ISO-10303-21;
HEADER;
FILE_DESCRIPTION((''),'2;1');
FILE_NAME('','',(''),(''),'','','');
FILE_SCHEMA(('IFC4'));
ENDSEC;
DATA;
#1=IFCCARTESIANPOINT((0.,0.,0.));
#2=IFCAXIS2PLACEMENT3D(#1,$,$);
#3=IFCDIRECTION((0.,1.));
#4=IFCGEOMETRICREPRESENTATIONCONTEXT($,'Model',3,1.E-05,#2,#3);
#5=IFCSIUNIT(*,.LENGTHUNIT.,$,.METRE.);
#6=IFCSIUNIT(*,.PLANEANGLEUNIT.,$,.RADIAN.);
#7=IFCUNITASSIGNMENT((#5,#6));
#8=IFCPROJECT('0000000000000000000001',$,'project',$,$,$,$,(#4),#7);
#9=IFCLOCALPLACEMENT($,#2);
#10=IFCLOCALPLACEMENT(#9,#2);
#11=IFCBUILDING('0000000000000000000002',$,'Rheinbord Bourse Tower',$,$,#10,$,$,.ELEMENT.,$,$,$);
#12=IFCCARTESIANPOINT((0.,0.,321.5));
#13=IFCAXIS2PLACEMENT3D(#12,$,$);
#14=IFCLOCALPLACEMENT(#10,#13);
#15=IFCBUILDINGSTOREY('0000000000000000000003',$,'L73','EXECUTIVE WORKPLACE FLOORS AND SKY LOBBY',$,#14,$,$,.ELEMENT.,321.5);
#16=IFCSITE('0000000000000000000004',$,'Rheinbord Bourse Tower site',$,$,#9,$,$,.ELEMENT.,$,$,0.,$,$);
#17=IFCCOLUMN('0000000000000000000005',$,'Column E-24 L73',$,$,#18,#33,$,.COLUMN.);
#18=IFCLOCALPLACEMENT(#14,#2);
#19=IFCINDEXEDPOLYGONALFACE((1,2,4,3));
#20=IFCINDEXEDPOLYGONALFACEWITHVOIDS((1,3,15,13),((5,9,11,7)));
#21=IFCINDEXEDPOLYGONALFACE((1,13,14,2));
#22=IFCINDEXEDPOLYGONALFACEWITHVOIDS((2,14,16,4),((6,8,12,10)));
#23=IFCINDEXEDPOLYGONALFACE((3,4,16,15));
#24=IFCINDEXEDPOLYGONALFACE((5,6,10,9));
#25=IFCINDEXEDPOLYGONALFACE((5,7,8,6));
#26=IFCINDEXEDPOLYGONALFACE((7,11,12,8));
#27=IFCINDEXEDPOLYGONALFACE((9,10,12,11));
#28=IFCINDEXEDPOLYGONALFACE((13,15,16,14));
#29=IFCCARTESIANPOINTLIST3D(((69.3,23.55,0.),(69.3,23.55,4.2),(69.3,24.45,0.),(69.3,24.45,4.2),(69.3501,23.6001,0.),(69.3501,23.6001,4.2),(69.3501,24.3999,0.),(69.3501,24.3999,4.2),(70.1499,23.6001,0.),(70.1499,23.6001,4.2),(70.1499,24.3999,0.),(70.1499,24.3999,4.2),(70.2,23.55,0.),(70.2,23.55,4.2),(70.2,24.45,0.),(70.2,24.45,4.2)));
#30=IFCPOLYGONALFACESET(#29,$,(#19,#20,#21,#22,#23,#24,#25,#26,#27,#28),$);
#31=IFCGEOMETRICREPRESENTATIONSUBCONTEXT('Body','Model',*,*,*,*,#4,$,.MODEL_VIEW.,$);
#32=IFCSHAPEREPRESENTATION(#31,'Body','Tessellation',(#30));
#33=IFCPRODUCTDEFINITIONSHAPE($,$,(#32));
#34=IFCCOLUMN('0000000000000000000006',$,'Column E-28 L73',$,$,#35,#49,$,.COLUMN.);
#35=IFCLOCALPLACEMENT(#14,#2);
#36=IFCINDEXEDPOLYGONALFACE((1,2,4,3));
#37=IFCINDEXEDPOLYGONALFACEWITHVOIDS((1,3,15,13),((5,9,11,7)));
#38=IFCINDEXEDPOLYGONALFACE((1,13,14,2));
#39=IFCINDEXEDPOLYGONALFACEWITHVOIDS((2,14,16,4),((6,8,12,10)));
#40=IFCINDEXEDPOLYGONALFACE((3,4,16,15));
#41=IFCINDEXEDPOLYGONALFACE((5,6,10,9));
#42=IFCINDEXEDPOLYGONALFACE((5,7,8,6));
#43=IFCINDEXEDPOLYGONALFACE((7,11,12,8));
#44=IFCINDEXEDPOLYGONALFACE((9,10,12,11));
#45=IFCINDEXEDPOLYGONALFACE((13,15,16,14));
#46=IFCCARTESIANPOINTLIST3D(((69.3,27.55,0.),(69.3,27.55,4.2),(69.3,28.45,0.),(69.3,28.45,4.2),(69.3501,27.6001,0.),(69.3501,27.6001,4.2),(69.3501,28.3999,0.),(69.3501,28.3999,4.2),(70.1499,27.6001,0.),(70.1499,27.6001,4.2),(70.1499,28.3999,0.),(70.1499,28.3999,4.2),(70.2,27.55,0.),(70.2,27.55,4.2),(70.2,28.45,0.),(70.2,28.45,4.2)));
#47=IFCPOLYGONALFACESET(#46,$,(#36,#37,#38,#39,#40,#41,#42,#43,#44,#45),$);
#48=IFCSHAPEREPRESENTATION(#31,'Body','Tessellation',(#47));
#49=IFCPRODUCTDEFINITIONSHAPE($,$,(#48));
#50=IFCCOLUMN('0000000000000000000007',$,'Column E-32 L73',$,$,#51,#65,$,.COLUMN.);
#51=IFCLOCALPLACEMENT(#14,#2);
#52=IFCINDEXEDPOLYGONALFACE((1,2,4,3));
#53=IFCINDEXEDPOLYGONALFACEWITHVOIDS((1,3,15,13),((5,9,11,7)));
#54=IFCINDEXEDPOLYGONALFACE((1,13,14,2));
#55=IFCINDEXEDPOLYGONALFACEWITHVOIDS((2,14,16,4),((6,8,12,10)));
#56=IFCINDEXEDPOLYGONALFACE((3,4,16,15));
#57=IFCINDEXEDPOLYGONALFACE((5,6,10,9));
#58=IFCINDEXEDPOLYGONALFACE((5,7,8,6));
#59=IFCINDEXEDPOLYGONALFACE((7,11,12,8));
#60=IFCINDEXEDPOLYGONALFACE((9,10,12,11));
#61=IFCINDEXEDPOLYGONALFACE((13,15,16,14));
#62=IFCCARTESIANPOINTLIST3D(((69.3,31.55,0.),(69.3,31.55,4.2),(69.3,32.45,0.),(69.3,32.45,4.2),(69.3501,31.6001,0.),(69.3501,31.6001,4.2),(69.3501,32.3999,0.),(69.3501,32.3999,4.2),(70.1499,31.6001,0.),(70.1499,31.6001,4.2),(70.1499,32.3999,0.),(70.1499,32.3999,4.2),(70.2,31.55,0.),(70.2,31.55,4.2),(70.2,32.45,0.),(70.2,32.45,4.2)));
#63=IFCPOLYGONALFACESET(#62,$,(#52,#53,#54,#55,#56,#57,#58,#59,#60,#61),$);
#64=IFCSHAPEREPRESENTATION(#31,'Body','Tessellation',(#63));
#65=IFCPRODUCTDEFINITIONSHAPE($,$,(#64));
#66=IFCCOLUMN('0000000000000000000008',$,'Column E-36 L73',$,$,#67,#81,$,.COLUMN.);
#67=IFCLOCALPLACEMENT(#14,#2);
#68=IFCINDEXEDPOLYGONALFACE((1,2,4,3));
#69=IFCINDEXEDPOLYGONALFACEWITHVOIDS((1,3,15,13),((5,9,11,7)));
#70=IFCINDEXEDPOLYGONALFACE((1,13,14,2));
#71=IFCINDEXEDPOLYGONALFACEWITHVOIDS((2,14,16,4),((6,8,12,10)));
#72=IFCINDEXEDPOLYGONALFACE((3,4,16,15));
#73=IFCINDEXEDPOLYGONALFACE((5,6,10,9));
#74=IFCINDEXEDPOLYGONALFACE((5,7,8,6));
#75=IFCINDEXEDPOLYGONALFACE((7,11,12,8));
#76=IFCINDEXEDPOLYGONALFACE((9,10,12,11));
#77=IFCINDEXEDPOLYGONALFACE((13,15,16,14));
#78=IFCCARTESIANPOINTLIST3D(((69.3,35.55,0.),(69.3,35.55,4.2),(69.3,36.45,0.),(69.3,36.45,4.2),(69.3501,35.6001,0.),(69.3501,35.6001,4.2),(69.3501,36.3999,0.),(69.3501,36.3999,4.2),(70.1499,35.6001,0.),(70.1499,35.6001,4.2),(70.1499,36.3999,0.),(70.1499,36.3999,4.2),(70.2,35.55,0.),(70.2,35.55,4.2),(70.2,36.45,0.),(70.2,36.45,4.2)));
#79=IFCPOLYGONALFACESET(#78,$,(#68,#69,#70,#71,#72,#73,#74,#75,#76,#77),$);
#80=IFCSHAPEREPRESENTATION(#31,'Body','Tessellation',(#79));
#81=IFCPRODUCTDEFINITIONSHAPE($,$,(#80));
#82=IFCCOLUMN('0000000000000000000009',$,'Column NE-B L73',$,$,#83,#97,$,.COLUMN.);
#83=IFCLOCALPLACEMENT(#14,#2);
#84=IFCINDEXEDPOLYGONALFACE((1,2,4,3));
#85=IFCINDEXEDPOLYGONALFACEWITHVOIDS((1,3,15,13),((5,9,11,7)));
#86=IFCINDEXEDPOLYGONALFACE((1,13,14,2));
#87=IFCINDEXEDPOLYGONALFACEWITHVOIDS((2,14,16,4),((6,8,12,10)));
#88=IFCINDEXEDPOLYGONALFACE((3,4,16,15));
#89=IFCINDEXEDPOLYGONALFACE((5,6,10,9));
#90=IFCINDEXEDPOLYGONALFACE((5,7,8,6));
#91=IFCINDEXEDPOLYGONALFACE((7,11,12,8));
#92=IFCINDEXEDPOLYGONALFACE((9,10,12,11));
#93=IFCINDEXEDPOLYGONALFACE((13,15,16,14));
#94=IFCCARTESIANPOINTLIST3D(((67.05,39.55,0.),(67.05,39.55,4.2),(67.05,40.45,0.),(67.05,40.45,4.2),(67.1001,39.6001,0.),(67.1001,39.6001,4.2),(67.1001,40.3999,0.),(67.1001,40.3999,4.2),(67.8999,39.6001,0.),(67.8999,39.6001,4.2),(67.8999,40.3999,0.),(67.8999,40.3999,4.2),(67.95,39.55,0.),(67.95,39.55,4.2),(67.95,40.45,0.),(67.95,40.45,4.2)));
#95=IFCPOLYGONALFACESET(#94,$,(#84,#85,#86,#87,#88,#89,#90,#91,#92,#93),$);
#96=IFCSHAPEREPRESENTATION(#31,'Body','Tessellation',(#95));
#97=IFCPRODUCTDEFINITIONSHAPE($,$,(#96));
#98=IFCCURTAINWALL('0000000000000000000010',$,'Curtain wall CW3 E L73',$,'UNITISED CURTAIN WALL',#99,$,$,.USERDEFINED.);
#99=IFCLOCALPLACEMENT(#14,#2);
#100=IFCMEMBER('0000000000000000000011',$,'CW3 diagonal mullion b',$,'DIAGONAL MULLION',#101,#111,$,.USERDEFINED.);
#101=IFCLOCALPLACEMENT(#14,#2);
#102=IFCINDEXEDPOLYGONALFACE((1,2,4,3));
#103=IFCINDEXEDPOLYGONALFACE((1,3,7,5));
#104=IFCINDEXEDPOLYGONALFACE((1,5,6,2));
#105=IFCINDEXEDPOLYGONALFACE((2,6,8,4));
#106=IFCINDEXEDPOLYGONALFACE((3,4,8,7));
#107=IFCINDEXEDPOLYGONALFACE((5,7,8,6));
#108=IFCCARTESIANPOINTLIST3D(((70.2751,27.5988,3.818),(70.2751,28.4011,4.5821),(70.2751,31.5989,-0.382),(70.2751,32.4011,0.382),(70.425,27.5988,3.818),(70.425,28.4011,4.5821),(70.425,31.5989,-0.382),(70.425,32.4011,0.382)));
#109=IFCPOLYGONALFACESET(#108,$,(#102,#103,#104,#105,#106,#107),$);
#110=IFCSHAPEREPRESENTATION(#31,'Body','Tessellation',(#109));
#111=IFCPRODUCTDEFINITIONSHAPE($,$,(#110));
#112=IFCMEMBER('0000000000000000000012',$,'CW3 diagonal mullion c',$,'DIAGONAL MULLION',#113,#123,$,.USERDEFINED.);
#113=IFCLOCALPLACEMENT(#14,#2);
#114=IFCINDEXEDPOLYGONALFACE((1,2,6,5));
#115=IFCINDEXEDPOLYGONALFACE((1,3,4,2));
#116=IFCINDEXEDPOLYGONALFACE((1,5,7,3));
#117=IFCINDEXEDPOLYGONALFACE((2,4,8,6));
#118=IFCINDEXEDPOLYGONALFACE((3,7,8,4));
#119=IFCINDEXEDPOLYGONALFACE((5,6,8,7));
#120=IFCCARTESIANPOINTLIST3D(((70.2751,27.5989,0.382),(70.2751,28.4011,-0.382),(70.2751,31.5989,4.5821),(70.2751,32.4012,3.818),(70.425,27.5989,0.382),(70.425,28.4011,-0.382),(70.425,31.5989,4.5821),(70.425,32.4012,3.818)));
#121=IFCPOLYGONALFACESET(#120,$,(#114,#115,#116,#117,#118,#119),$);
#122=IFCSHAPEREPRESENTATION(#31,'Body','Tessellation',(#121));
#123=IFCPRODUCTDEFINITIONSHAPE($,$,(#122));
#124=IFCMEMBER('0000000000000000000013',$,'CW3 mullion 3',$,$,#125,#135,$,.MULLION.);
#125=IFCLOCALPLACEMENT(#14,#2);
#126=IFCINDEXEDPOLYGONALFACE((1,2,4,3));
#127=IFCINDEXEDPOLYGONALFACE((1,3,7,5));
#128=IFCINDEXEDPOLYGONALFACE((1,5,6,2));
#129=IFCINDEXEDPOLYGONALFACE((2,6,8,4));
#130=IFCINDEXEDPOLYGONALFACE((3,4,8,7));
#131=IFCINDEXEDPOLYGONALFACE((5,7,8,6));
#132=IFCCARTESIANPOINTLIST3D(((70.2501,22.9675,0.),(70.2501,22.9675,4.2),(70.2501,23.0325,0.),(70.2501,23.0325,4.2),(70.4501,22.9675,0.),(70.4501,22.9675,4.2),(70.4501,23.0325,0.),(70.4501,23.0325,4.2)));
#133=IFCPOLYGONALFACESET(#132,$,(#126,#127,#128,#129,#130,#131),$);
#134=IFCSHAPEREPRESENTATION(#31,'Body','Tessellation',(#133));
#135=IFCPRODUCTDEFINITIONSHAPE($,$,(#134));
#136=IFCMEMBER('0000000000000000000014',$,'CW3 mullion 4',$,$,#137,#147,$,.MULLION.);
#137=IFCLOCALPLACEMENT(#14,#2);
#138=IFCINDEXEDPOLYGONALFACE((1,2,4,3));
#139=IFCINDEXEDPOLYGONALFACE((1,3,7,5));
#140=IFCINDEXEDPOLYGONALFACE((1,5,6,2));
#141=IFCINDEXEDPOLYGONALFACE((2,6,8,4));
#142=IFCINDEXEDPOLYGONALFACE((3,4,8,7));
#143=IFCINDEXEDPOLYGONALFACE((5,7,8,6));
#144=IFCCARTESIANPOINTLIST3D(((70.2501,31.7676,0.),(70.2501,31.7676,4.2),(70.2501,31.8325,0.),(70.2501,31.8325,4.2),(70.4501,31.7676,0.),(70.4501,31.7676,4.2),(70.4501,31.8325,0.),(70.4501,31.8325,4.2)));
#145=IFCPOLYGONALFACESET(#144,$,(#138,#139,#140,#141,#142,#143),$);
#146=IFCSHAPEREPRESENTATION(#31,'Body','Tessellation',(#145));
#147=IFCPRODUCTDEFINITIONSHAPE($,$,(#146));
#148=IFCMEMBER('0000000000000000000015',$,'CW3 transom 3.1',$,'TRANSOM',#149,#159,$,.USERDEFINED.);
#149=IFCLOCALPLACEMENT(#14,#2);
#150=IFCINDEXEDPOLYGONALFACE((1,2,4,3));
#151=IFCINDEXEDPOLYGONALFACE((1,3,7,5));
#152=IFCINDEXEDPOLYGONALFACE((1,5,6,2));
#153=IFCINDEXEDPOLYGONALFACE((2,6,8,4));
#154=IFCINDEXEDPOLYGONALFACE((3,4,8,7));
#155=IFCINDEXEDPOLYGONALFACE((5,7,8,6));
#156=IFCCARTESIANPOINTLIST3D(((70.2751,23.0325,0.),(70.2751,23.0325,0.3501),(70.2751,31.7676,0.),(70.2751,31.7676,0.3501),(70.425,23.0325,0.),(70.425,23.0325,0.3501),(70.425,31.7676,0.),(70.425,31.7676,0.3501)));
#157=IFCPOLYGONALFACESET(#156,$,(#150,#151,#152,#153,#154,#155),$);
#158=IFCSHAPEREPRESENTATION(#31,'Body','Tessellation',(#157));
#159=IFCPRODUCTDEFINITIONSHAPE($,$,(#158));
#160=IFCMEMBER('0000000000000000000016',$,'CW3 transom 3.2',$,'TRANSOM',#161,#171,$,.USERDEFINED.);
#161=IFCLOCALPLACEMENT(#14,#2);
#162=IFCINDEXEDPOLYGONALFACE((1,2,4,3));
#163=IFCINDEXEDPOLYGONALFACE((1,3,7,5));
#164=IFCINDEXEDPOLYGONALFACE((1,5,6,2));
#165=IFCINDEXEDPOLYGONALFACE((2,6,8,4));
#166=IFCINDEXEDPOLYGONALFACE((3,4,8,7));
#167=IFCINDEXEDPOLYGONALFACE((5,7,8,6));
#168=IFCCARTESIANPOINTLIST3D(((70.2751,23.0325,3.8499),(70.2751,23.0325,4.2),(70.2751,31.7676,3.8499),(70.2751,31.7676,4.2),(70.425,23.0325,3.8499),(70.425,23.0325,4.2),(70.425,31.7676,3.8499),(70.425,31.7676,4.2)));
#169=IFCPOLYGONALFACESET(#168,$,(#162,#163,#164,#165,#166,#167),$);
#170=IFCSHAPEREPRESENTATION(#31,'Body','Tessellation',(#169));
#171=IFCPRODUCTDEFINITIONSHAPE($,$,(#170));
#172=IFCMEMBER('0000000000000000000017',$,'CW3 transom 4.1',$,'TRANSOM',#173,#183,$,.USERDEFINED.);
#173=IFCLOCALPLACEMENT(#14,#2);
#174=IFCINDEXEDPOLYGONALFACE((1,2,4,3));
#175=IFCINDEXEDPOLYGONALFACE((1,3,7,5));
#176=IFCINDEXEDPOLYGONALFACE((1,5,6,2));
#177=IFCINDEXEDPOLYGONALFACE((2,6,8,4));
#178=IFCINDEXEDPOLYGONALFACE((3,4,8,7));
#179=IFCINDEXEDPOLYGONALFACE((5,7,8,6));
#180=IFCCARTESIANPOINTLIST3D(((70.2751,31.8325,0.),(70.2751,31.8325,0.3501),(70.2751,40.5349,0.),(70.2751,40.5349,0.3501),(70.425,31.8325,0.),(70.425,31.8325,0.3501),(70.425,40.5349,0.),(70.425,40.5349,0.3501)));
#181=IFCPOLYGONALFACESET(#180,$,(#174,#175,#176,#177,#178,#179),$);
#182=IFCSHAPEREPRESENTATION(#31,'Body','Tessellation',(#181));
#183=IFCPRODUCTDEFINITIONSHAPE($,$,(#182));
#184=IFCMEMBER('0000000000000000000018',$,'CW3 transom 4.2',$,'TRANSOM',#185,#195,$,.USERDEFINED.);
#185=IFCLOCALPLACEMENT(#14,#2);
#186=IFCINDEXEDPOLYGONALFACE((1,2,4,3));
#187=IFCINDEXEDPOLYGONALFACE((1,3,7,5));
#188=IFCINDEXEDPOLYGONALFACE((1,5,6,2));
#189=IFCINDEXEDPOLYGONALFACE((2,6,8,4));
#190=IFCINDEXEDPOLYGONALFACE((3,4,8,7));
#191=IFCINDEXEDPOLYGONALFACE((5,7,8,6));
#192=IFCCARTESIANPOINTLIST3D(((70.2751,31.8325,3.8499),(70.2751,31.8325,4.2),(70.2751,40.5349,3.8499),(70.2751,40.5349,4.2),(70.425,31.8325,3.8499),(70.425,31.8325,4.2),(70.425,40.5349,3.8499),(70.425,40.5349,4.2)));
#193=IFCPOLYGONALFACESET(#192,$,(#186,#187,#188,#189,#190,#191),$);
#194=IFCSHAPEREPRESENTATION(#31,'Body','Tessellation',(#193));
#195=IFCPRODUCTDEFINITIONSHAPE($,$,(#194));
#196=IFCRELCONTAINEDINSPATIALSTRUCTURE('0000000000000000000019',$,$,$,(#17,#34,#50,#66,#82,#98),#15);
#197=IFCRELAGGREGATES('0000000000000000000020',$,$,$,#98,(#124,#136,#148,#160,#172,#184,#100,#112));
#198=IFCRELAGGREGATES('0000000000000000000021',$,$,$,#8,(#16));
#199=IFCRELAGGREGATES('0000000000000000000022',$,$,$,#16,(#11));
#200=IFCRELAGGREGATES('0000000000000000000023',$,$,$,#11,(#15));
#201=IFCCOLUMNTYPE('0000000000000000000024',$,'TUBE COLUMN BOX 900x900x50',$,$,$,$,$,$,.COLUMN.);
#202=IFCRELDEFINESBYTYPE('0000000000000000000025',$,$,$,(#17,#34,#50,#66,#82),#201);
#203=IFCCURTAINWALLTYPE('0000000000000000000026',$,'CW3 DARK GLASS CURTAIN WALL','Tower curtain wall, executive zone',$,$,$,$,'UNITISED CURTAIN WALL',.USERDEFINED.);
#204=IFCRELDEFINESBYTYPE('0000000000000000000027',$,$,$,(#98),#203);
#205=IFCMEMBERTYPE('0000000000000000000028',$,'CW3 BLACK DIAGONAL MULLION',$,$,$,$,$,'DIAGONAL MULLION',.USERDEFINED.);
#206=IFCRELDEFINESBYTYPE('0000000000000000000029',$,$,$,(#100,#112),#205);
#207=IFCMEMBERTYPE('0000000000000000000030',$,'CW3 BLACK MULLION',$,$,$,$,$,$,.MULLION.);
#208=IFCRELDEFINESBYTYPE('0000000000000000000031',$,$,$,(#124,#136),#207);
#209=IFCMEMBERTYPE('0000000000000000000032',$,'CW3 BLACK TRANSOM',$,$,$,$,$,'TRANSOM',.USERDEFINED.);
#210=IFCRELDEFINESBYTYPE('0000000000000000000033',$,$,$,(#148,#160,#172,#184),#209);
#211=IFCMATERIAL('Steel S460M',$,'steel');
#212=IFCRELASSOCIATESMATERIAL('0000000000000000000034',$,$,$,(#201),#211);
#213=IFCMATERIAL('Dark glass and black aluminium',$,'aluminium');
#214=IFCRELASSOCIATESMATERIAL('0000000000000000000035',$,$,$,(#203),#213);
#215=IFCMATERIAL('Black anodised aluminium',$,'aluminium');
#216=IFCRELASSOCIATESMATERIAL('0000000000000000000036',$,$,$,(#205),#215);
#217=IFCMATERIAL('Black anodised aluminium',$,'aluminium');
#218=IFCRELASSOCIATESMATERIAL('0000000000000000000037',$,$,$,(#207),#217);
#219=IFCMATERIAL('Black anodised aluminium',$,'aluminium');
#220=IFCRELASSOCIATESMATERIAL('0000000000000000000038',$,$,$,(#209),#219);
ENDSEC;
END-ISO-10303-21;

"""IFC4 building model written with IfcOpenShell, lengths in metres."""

from ifc_helpers import new_model, si_unit, direction, frame, origin, origin_2d, place, context, subcontext, project, spatial, rectangle, hollow_rectangle, extrude, material, material_profile, profile_set, type_object, element, aggregate, save


model = new_model("IFC4")

# Units and contexts
model_context = context("Model", 3, precision=1e-05, world=origin(), true_north=direction((0.0, 1.0)))
body_context = subcontext(model_context, "Body", "Model", "MODEL_VIEW")
ifc_project = project(units=[si_unit("LENGTHUNIT", "METRE"), si_unit("PLANEANGLEUNIT", "RADIAN")], contexts=[model_context])

# Site, building, storey
site_placement = place(None, origin())
site = spatial("IfcSite", under=ifc_project, at=site_placement, Name="Rheinbord Bourse Tower site", CompositionType="ELEMENT", RefElevation=0.0)
building_placement = place(site_placement, origin())
building = spatial("IfcBuilding", under=site, at=building_placement, Name="Rheinbord Bourse Tower", CompositionType="ELEMENT")
storey_placement = place(building_placement, frame((0.0, 0.0, 321.5)))
storey = spatial("IfcBuildingStorey", under=building, at=storey_placement, Name="L73", Description="EXECUTIVE WORKPLACE FLOORS AND SKY LOBBY", CompositionType="ELEMENT", Elevation=321.5)

# Columns
ifc_material_1 = material(Name="Steel S460M", Category="steel")
ifc_material_profile_1 = material_profile(ifc_material_1, hollow_rectangle(XDim=0.8999, YDim=0.8999, WallThickness=0.05, at=origin_2d()), Name="BOX 900x900x50")
ifc_profile_set_1 = profile_set([ifc_material_profile_1], Name="Steel S460M")
column_type = type_object("IfcColumnType", Name="TUBE COLUMN BOX 900x900x50", PredefinedType="COLUMN", material=ifc_profile_set_1)
for number, where, z_axis, x_axis, name in (
    (1, (69.75, 24.0, 0.0), (0.0, 0.0, 1.0), (1.0, 0.0, 0.0), "Column E-24 L73"),
    (2, (69.75, 28.0, 0.0), (0.0, 0.0, 1.0), (1.0, 0.0, 0.0), "Column E-28 L73"),
    (3, (69.75, 32.0, 0.0), (0.0, 0.0, 1.0), (1.0, 0.0, 0.0), "Column E-32 L73"),
    (4, (69.75, 36.0, 0.0), (0.0, 0.0, 1.0), (1.0, 0.0, 0.0), "Column E-36 L73"),
    (5, (67.5, 40.0, 0.0), (0.0, 0.0, 1.0), (1.0, 0.0, 0.0), "Column NE-B L73"),
):
    element("IfcColumn", number, at=place(storey_placement, frame(where, z_axis=z_axis, x_axis=x_axis)), inside=storey, type_object=column_type, Name=name, PredefinedType="COLUMN", context=body_context, shape_type="SweptSolid", body=[
        extrude(hollow_rectangle(XDim=0.8999, YDim=0.8999, WallThickness=0.05, at=origin_2d()), origin(), (0.0, 0.0, 1.0), 4.2),
    ])

# Curtain wall, members
ifc_material_2 = material(Name="Dark glass and black aluminium", Category="aluminium")
curtain_wall_type = type_object("IfcCurtainWallType", Name="CW3 DARK GLASS CURTAIN WALL", Description="Tower curtain wall, executive zone", ElementType="UNITISED CURTAIN WALL", PredefinedType="USERDEFINED", material=ifc_material_2)
curtain_wall_placement = place(storey_placement, origin())
curtain_wall = element("IfcCurtainWall", 6, at=curtain_wall_placement, inside=storey, type_object=curtain_wall_type, Name="Curtain wall CW3 E L73", ObjectType="UNITISED CURTAIN WALL", PredefinedType="USERDEFINED")
ifc_material_3 = material(Name="Black anodised aluminium", Category="aluminium")
ifc_material_profile_2 = material_profile(ifc_material_3, rectangle(XDim=0.1499, YDim=1.1079, at=origin_2d()), Name="CW3 DIAGONAL MULLION 1108x150")
ifc_profile_set_2 = profile_set([ifc_material_profile_2], Name="Black anodised aluminium")
member_type_1 = type_object("IfcMemberType", Name="CW3 BLACK DIAGONAL MULLION", ElementType="DIAGONAL MULLION", PredefinedType="USERDEFINED", material=ifc_profile_set_2)
member_1_placement = place(storey_placement, frame((70.3501, 32.0, 0.0), z_axis=(0.0, -0.689659, 0.724134), x_axis=(1.0, 0.0, 0.0)))
member_1 = element("IfcMember", 7, at=member_1_placement, type_object=member_type_1, Name="CW3 diagonal mullion b", ObjectType="DIAGONAL MULLION", PredefinedType="USERDEFINED", context=body_context, shape_type="SweptSolid", body=[
    extrude(rectangle(XDim=0.1499, YDim=1.1079, at=origin_2d()), origin(), (0.0, 0.0, 1.0), 5.8),
])
member_2_placement = place(storey_placement, frame((70.3501, 28.0, 0.0), z_axis=(0.0, 0.689659, 0.724134), x_axis=(-1.0, 0.0, 0.0)))
member_2 = element("IfcMember", 8, at=member_2_placement, type_object=member_type_1, Name="CW3 diagonal mullion c", ObjectType="DIAGONAL MULLION", PredefinedType="USERDEFINED", context=body_context, shape_type="SweptSolid", body=[
    extrude(rectangle(XDim=0.1499, YDim=1.1079, at=origin_2d()), origin(), (0.0, 0.0, 1.0), 5.8),
])
ifc_material_4 = material(Name="Black anodised aluminium", Category="aluminium")
ifc_material_profile_3 = material_profile(ifc_material_4, rectangle(XDim=0.2, YDim=0.0649, at=origin_2d()), Name="CW3 MULLION 65x200")
ifc_profile_set_3 = profile_set([ifc_material_profile_3], Name="Black anodised aluminium")
member_type_2 = type_object("IfcMemberType", Name="CW3 BLACK MULLION", PredefinedType="MULLION", material=ifc_profile_set_3)
member_3_placement = place(storey_placement, frame((70.3501, 23.0, 0.0), z_axis=(0.0, 0.0, 1.0), x_axis=(-1.0, 0.0, 0.0)))
member_3 = element("IfcMember", 9, at=member_3_placement, type_object=member_type_2, Name="CW3 mullion 3", PredefinedType="MULLION", context=body_context, shape_type="SweptSolid", body=[
    extrude(rectangle(XDim=0.2, YDim=0.0649, at=origin_2d()), origin(), (0.0, 0.0, 1.0), 4.2),
])
member_4_placement = place(storey_placement, frame((70.3501, 31.8, 0.0), z_axis=(0.0, 0.0, 1.0), x_axis=(-1.0, 0.0, 0.0)))
member_4 = element("IfcMember", 10, at=member_4_placement, type_object=member_type_2, Name="CW3 mullion 4", PredefinedType="MULLION", context=body_context, shape_type="SweptSolid", body=[
    extrude(rectangle(XDim=0.2, YDim=0.0649, at=origin_2d()), origin(), (0.0, 0.0, 1.0), 4.2),
])
ifc_material_5 = material(Name="Black anodised aluminium", Category="aluminium")
ifc_material_profile_4 = material_profile(ifc_material_5, rectangle(XDim=0.1499, YDim=0.3501, at=origin_2d()), Name="CW3 TRANSOM 350x150")
ifc_profile_set_4 = profile_set([ifc_material_profile_4], Name="Black anodised aluminium")
member_type_3 = type_object("IfcMemberType", Name="CW3 BLACK TRANSOM", ElementType="TRANSOM", PredefinedType="USERDEFINED", material=ifc_profile_set_4)
member_5_placement = place(storey_placement, frame((70.3501, 23.0325, 0.175), z_axis=(0.0, 1.0, 0.0), x_axis=(-1.0, 0.0, 0.0)))
member_5 = element("IfcMember", 11, at=member_5_placement, type_object=member_type_3, Name="CW3 transom 3.1", ObjectType="TRANSOM", PredefinedType="USERDEFINED", context=body_context, shape_type="SweptSolid", body=[
    extrude(rectangle(XDim=0.1499, YDim=0.3501, at=origin_2d()), origin(), (0.0, 0.0, 1.0), 8.7351),
])
member_6_placement = place(storey_placement, frame((70.3501, 23.0325, 4.0249), z_axis=(0.0, 1.0, 0.0), x_axis=(-1.0, 0.0, 0.0)))
member_6 = element("IfcMember", 12, at=member_6_placement, type_object=member_type_3, Name="CW3 transom 3.2", ObjectType="TRANSOM", PredefinedType="USERDEFINED", context=body_context, shape_type="SweptSolid", body=[
    extrude(rectangle(XDim=0.1499, YDim=0.3501, at=origin_2d()), origin(), (0.0, 0.0, 1.0), 8.7351),
])
member_7_placement = place(storey_placement, frame((70.3501, 31.8325, 0.175), z_axis=(0.0, 1.0, 0.0), x_axis=(-1.0, 0.0, 0.0)))
member_7 = element("IfcMember", 13, at=member_7_placement, type_object=member_type_3, Name="CW3 transom 4.1", ObjectType="TRANSOM", PredefinedType="USERDEFINED", context=body_context, shape_type="SweptSolid", body=[
    extrude(rectangle(XDim=0.1499, YDim=0.3501, at=origin_2d()), origin(), (0.0, 0.0, 1.0), 8.7024),
])
member_8_placement = place(storey_placement, frame((70.3501, 31.8325, 4.0249), z_axis=(0.0, 1.0, 0.0), x_axis=(-1.0, 0.0, 0.0)))
member_8 = element("IfcMember", 14, at=member_8_placement, type_object=member_type_3, Name="CW3 transom 4.2", ObjectType="TRANSOM", PredefinedType="USERDEFINED", context=body_context, shape_type="SweptSolid", body=[
    extrude(rectangle(XDim=0.1499, YDim=0.3501, at=origin_2d()), origin(), (0.0, 0.0, 1.0), 8.7024),
])

aggregate(curtain_wall, [member_3, member_4, member_5, member_6, member_7, member_8, member_1, member_2])

save(model, "model.ifc")
